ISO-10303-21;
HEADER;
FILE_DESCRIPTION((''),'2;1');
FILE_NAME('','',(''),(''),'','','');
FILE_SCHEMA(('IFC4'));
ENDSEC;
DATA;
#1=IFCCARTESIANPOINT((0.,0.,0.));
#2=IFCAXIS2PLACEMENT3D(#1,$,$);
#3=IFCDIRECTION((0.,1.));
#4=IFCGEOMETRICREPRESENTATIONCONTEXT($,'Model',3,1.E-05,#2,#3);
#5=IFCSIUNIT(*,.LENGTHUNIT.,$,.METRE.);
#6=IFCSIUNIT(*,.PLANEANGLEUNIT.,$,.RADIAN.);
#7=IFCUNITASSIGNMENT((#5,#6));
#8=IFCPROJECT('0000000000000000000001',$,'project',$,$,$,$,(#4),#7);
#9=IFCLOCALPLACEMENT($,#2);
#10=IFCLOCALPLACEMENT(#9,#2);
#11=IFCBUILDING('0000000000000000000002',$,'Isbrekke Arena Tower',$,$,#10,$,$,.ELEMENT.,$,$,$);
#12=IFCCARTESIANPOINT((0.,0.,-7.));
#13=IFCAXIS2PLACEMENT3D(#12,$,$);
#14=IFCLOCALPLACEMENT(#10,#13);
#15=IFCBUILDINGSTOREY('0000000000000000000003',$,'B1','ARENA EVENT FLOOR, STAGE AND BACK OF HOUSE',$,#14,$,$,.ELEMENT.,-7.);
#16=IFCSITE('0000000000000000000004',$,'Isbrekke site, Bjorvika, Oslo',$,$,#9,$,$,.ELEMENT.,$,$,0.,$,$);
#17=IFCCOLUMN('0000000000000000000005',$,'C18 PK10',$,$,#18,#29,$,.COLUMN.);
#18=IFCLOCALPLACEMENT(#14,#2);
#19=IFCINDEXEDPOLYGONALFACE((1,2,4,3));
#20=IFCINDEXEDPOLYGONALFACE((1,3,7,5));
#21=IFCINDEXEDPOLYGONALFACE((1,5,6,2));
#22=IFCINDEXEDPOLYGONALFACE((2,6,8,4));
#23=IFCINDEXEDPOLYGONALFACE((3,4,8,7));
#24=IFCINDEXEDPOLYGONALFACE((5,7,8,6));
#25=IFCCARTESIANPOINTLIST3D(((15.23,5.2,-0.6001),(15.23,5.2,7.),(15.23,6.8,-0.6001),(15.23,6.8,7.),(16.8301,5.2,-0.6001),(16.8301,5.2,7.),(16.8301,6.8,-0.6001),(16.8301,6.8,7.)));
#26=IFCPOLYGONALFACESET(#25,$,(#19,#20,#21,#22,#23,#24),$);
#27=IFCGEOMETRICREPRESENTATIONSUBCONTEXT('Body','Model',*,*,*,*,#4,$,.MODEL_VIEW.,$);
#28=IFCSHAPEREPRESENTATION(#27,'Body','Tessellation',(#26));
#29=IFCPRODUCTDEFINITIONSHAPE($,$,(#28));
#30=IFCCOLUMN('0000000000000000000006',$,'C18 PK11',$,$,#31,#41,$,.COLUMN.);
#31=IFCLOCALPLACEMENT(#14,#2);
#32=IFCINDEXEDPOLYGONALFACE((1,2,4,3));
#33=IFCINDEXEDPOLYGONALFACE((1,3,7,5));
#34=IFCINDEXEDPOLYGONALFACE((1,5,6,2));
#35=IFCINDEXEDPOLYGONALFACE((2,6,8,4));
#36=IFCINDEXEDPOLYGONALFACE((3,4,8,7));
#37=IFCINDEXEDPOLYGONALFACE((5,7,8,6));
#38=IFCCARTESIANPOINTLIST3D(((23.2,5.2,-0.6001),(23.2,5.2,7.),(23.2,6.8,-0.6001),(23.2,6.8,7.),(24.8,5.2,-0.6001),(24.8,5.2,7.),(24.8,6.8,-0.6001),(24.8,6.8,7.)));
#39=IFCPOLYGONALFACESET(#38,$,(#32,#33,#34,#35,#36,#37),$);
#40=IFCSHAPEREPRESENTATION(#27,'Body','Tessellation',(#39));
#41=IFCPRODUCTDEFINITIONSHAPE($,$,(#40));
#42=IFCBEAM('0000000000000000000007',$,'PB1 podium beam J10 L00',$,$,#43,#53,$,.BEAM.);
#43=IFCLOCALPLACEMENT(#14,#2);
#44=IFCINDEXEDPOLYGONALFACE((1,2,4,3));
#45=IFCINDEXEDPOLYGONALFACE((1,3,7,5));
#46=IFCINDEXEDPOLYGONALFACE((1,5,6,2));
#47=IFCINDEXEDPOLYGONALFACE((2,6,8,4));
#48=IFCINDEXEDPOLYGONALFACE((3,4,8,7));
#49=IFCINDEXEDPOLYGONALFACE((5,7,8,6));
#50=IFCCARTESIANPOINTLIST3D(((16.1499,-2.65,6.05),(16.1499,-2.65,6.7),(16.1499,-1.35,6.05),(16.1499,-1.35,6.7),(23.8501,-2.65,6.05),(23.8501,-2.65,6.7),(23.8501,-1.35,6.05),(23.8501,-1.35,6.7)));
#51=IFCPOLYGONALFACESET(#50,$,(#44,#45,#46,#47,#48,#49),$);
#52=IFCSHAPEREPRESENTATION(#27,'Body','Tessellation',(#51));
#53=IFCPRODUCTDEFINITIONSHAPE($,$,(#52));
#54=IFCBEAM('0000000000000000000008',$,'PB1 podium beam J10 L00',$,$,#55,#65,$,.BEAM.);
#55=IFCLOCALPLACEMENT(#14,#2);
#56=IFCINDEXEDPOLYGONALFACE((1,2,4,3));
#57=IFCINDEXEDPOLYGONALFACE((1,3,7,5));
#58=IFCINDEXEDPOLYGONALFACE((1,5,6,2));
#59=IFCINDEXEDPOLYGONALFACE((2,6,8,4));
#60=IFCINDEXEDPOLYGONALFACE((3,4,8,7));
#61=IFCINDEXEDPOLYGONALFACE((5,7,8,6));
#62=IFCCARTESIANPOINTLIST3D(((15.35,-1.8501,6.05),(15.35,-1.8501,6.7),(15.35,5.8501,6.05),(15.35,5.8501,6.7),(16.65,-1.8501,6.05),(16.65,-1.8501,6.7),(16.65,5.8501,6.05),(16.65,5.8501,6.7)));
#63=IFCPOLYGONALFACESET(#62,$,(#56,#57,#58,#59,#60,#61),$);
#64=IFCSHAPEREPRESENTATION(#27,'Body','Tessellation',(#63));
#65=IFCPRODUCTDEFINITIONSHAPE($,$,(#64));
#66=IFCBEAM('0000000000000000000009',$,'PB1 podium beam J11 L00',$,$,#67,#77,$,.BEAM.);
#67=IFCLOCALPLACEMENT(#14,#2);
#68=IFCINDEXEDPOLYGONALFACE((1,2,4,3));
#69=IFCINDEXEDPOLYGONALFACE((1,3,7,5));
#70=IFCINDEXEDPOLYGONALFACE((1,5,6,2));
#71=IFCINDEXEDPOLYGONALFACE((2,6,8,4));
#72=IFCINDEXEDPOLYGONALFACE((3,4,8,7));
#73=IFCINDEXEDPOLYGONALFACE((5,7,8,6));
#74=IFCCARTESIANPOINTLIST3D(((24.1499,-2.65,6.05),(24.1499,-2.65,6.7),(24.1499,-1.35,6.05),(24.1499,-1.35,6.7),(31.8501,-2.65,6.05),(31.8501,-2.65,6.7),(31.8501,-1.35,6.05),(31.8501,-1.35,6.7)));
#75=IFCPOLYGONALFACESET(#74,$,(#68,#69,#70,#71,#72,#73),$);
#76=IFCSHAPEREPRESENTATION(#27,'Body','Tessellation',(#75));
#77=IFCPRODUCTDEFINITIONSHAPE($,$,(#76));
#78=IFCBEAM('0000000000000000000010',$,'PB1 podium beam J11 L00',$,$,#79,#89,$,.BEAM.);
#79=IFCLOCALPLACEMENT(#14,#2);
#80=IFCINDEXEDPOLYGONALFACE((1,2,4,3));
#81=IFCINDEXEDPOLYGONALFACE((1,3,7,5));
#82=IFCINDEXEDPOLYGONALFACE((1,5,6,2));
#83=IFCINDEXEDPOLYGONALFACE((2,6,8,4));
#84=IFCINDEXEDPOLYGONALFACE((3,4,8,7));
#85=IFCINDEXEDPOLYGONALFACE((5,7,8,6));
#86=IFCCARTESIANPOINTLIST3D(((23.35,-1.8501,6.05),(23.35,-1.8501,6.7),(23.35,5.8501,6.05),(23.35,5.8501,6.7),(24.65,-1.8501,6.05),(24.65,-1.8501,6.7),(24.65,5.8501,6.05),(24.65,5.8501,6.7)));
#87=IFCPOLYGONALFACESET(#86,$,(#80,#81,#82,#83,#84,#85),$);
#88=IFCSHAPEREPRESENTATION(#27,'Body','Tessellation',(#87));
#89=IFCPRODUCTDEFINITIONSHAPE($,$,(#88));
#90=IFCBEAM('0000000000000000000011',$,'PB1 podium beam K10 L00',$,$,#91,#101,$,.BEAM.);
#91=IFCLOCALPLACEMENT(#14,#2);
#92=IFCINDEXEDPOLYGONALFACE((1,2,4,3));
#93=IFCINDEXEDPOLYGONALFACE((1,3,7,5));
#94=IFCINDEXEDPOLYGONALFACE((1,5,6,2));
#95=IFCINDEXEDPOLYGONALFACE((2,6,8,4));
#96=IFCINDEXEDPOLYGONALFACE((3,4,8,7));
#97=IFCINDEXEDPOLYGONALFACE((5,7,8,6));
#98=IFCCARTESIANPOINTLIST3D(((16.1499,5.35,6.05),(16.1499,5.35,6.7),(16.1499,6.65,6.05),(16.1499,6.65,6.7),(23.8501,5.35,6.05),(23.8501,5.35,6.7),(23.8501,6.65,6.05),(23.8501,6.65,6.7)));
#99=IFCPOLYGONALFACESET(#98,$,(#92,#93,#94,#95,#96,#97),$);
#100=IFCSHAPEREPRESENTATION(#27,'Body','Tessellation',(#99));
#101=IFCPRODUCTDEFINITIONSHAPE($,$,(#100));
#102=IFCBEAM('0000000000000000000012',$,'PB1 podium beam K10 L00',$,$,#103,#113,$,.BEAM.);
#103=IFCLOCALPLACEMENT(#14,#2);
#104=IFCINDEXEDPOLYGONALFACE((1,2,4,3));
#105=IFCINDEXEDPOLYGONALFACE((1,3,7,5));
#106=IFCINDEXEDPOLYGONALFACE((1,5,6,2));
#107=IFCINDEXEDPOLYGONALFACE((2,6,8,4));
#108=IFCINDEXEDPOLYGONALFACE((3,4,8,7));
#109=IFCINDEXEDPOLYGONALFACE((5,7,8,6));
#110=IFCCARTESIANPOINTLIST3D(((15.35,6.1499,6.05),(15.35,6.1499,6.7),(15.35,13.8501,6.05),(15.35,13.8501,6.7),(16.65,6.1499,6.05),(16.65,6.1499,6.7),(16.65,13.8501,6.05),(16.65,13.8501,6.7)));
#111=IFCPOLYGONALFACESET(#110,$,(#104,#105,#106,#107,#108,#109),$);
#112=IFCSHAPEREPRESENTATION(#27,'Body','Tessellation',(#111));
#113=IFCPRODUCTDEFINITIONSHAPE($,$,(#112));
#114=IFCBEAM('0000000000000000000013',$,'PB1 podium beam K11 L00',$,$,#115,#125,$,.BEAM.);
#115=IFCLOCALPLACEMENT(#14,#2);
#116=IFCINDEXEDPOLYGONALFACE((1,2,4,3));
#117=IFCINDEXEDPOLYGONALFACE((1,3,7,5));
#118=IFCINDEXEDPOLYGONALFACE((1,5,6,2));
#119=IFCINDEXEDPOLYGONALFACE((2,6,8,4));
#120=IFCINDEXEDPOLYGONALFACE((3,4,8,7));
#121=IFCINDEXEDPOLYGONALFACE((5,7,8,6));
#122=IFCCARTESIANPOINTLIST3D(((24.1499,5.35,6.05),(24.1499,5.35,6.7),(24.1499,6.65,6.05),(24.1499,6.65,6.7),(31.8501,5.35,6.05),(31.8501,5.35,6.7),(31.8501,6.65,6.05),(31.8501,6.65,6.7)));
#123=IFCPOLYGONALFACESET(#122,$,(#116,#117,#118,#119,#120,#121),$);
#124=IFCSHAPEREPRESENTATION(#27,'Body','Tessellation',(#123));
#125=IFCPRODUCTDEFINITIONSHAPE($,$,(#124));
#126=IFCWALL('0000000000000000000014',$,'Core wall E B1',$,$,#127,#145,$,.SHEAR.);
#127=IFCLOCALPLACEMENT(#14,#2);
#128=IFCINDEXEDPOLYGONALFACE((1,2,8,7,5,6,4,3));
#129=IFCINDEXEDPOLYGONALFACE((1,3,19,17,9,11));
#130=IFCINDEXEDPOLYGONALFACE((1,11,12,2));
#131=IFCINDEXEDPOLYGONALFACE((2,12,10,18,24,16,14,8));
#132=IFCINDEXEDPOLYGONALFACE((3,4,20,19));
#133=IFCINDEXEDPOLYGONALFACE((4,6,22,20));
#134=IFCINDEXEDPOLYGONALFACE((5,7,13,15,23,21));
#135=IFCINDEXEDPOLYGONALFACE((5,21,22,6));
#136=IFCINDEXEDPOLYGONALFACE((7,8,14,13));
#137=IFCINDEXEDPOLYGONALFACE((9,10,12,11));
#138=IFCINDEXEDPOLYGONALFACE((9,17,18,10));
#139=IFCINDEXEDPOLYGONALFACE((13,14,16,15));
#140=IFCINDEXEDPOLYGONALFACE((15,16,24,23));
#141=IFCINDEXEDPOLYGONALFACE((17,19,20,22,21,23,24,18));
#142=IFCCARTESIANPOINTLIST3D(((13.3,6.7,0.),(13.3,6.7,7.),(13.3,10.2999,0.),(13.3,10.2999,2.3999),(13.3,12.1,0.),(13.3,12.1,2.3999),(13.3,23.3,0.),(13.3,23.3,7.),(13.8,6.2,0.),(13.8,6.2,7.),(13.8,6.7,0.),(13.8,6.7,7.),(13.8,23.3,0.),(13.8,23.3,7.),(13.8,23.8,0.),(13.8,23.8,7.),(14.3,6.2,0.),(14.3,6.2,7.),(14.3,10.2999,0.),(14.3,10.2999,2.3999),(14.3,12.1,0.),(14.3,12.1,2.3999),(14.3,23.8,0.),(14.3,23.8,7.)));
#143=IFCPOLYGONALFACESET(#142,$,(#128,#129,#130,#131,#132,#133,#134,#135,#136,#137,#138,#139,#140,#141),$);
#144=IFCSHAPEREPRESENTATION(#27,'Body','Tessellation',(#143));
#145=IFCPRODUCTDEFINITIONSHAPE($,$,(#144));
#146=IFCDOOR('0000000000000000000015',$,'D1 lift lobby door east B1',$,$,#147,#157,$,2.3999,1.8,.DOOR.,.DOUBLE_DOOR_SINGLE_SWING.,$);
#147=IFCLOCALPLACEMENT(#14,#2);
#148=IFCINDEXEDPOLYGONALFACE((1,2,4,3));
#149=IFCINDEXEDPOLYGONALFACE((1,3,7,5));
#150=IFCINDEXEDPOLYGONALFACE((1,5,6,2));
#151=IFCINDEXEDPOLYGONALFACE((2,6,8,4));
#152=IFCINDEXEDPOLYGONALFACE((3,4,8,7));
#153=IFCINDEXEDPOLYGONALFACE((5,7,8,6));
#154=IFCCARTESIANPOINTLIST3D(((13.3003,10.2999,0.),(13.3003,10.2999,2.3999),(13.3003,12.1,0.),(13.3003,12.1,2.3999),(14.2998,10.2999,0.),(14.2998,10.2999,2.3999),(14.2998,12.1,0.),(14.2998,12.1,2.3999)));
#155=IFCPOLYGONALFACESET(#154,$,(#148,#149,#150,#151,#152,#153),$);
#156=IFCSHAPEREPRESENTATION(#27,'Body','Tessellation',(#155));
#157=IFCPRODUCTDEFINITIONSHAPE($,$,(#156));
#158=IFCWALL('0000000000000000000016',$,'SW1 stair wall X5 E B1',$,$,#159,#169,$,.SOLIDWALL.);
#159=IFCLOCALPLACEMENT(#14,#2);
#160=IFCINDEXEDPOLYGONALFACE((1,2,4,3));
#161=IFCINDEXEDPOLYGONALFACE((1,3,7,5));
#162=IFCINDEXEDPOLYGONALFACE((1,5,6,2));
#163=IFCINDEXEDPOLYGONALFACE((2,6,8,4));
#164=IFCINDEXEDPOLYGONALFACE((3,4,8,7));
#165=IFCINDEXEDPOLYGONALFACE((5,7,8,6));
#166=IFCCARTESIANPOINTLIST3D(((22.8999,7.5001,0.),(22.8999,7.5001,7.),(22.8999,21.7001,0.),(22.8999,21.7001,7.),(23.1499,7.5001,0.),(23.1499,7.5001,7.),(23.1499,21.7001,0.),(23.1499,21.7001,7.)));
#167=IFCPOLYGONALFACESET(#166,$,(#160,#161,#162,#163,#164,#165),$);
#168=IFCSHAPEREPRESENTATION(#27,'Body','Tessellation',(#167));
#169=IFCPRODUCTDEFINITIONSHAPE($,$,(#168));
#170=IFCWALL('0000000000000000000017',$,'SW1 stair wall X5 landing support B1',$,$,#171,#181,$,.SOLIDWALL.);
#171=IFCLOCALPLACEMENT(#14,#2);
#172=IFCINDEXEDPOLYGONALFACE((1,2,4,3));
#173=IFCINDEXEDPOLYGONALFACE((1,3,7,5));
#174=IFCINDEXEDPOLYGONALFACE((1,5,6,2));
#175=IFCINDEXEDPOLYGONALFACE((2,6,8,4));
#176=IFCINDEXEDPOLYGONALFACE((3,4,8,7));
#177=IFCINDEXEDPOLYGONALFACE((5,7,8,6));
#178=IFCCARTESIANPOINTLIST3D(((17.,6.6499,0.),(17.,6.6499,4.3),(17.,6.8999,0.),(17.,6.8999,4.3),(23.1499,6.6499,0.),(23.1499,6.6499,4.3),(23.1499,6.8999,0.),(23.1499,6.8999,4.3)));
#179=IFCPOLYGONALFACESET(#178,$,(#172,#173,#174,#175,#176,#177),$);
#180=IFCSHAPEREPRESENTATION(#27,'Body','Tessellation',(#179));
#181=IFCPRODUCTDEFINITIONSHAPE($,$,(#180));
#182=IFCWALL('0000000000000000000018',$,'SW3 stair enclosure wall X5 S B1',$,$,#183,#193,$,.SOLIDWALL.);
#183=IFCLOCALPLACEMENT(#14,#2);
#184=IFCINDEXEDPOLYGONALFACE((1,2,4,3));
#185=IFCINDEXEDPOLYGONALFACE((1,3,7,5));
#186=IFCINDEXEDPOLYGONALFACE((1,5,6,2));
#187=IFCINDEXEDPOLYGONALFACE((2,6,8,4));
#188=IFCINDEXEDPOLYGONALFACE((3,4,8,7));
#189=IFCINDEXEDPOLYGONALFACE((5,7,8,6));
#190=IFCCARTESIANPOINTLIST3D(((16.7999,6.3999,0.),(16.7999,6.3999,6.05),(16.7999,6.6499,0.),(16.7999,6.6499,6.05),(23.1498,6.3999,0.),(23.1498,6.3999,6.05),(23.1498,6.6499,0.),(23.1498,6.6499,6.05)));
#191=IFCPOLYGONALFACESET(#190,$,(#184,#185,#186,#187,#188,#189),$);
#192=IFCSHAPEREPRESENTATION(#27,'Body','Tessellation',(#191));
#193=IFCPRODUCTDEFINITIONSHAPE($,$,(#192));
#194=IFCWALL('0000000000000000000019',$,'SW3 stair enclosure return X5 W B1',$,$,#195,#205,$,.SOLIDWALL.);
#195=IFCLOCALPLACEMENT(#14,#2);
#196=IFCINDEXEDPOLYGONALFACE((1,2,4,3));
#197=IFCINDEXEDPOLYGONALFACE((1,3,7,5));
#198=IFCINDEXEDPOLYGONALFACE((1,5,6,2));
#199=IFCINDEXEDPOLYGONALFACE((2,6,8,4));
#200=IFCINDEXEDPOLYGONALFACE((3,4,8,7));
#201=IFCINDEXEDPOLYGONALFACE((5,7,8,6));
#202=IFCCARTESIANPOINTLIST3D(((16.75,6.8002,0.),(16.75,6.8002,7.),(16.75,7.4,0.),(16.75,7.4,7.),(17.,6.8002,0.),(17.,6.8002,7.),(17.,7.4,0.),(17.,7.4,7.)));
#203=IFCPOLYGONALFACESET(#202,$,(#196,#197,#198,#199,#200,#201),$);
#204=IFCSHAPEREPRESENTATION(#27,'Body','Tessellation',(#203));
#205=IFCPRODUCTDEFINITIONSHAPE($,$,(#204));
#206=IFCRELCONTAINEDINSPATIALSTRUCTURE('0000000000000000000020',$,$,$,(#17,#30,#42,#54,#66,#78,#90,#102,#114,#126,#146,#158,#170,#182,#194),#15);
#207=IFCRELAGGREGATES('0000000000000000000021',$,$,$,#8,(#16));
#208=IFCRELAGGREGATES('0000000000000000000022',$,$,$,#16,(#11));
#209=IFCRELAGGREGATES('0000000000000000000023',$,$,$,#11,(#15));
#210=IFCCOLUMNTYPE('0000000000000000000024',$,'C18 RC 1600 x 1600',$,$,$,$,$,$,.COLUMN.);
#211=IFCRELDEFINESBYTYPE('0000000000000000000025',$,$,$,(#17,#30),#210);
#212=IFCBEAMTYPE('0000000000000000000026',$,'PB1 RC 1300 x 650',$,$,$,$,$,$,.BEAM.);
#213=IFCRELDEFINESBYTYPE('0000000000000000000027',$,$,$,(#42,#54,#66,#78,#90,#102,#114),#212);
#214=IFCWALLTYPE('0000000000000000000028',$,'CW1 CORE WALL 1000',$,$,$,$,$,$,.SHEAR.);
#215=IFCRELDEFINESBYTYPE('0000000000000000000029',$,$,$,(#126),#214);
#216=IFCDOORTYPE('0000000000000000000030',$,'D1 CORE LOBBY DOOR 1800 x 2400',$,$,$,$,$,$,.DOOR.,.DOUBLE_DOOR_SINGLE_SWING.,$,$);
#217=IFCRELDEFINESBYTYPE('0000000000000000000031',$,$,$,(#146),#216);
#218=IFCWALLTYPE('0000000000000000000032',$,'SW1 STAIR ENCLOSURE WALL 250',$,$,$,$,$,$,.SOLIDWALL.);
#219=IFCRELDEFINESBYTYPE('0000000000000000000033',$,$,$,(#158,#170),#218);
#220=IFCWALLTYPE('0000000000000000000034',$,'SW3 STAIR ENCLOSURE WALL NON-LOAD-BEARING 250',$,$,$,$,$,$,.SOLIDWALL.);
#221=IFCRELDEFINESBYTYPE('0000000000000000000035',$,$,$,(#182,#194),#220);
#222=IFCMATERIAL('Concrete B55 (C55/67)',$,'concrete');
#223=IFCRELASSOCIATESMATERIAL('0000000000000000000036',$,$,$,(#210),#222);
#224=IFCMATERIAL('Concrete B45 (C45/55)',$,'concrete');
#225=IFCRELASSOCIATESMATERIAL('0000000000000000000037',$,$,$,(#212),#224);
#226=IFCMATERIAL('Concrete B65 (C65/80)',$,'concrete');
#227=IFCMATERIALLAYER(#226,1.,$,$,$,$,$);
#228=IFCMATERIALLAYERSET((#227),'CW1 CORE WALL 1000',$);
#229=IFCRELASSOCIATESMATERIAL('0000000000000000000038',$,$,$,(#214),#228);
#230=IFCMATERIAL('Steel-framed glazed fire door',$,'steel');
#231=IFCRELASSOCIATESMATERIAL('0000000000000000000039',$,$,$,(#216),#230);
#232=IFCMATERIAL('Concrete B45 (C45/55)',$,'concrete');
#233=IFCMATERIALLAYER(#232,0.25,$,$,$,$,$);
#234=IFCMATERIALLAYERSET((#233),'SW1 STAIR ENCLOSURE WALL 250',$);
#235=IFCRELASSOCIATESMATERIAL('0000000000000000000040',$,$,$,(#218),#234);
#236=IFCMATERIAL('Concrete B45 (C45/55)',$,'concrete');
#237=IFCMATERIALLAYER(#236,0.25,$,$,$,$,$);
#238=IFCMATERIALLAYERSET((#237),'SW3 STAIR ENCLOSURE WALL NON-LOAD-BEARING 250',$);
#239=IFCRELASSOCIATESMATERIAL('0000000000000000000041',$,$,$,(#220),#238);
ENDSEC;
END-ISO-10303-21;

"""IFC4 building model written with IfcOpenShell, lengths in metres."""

from ifc_helpers import new_model, si_unit, direction, frame, frame_2d, origin, origin_2d, place, context, subcontext, project, spatial, polyline, rectangle, outline, extrude, material, layer, layer_set, material_profile, profile_set, type_object, element, fill, save


model = new_model("IFC4")

# Units and contexts
model_context = context("Model", 3, precision=1e-05, world=origin(), true_north=direction((0.0, 1.0)))
body_context = subcontext(model_context, "Body", "Model", "MODEL_VIEW")
ifc_project = project(units=[si_unit("LENGTHUNIT", "METRE"), si_unit("PLANEANGLEUNIT", "RADIAN")], contexts=[model_context])

# Site, building, storey
site_placement = place(None, origin())
site = spatial("IfcSite", under=ifc_project, at=site_placement, Name="Isbrekke site, Bjorvika, Oslo", CompositionType="ELEMENT", RefElevation=0.0)
building_placement = place(site_placement, origin())
building = spatial("IfcBuilding", under=site, at=building_placement, Name="Isbrekke Arena Tower", CompositionType="ELEMENT")
storey_placement = place(building_placement, frame((0.0, 0.0, -7.0)))
storey = spatial("IfcBuildingStorey", under=building, at=storey_placement, Name="B1", Description="ARENA EVENT FLOOR, STAGE AND BACK OF HOUSE", CompositionType="ELEMENT", Elevation=-7.0)

# Columns
ifc_material_1 = material(Name="Concrete B55 (C55/67)", Category="concrete")
ifc_material_profile_1 = material_profile(ifc_material_1, rectangle(XDim=1.6001, YDim=1.6001, at=origin_2d()), Name="RC 1600x1600")
ifc_profile_set_1 = profile_set([ifc_material_profile_1], Name="Concrete B55 (C55/67)")
column_type = type_object("IfcColumnType", Name="C18 RC 1600 x 1600", PredefinedType="COLUMN", material=ifc_profile_set_1)
for number, where, z_axis, x_axis, name in (
    (1, (16.03, 6.0, -0.6001), (0.0, 0.0, 1.0), (1.0, 0.0, 0.0), "C18 PK10"),
    (2, (24.0, 6.0, -0.6001), (0.0, 0.0, 1.0), (1.0, 0.0, 0.0), "C18 PK11"),
):
    element("IfcColumn", number, at=place(storey_placement, frame(where, z_axis=z_axis, x_axis=x_axis)), inside=storey, type_object=column_type, Name=name, PredefinedType="COLUMN", context=body_context, shape_type="SweptSolid", body=[
        extrude(rectangle(XDim=1.6001, YDim=1.6001, at=origin_2d()), origin(), (0.0, 0.0, 1.0), 7.6001),
    ])

# Beams
ifc_material_2 = material(Name="Concrete B45 (C45/55)", Category="concrete")
ifc_material_profile_2 = material_profile(ifc_material_2, rectangle(XDim=1.3, YDim=0.6499, at=origin_2d()), Name="RC 1300x650")
ifc_profile_set_2 = profile_set([ifc_material_profile_2], Name="Concrete B45 (C45/55)")
beam_type = type_object("IfcBeamType", Name="PB1 RC 1300 x 650", PredefinedType="BEAM", material=ifc_profile_set_2)
for number, where, z_axis, x_axis, name in (
    (3, (16.1499, -2.0, 6.375), (1.0, 0.0, 0.0), (0.0, 1.0, 0.0), "PB1 podium beam J10 L00"),
    (4, (16.0, -1.8501, 6.375), (0.0, 1.0, 0.0), (-1.0, 0.0, 0.0), "PB1 podium beam J10 L00"),
    (5, (24.1499, -2.0, 6.375), (1.0, 0.0, 0.0), (0.0, 1.0, 0.0), "PB1 podium beam J11 L00"),
    (6, (24.0, -1.8501, 6.375), (0.0, 1.0, 0.0), (-1.0, 0.0, 0.0), "PB1 podium beam J11 L00"),
    (7, (16.1499, 6.0, 6.375), (1.0, 0.0, 0.0), (0.0, 1.0, 0.0), "PB1 podium beam K10 L00"),
    (8, (16.0, 6.1499, 6.375), (0.0, 1.0, 0.0), (-1.0, 0.0, 0.0), "PB1 podium beam K10 L00"),
    (9, (24.1499, 6.0, 6.375), (1.0, 0.0, 0.0), (0.0, 1.0, 0.0), "PB1 podium beam K11 L00"),
):
    element("IfcBeam", number, at=place(storey_placement, frame(where, z_axis=z_axis, x_axis=x_axis)), inside=storey, type_object=beam_type, Name=name, PredefinedType="BEAM", context=body_context, shape_type="SweptSolid", body=[
        extrude(rectangle(XDim=1.3, YDim=0.6499, at=origin_2d()), origin(), (0.0, 0.0, 1.0), 7.7002),
    ])

# Wall, opening, door
ifc_material_3 = material(Name="Concrete B65 (C65/80)", Category="concrete")
ifc_layer_1 = layer(ifc_material_3, 1.0)
ifc_layer_set_1 = layer_set([ifc_layer_1], Name="CW1 CORE WALL 1000")
wall_type_1 = type_object("IfcWallType", Name="CW1 CORE WALL 1000", PredefinedType="SHEAR", material=ifc_layer_set_1)
wall_1_placement = place(storey_placement, frame((13.8, 6.2, 0.0), z_axis=(0.0, 0.0, 1.0), x_axis=(0.0, 1.0, 0.0)))
wall_1 = element("IfcWall", 10, at=wall_1_placement, inside=storey, type_object=wall_type_1, Name="Core wall E B1", PredefinedType="SHEAR", context=body_context, shape_type="SweptSolid", body=[
    extrude(outline(polyline([(0.0, -0.5), (17.6001, -0.5), (17.6001, 0.0), (17.1001, 0.0), (17.1001, 0.5), (0.5, 0.5), (0.5, 0.0), (0.0, 0.0), (0.0, -0.5)])), origin(), (0.0, 0.0, 1.0), 7.0),
])
opening_placement = place(wall_1_placement, frame((4.1001, 0.0, 0.0)))
opening = element("IfcOpeningElement", 11, at=opening_placement, cuts=wall_1, PredefinedType="OPENING", context=body_context, shape_type="SweptSolid", body=[
    extrude(rectangle(XDim=1.8, YDim=2.3999, at=frame_2d((0.8999, 1.2))), frame((0.0, 0.5149, 0.0), z_axis=(0.0, -1.0, 0.0), x_axis=(1.0, 0.0, 0.0)), (0.0, 0.0, 1.0), 1.0298),
])
ifc_material_4 = material(Name="Steel-framed glazed fire door", Category="steel")
door_type = type_object("IfcDoorType", Name="D1 CORE LOBBY DOOR 1800 x 2400", OperationType="DOUBLE_DOOR_SINGLE_SWING", PredefinedType="DOOR", material=ifc_material_4)
door_placement = place(opening_placement, origin())
door = element("IfcDoor", 12, at=door_placement, inside=storey, type_object=door_type, Name="D1 lift lobby door east B1", OperationType="DOUBLE_DOOR_SINGLE_SWING", OverallHeight=2.3999, OverallWidth=1.8, PredefinedType="DOOR", context=body_context, shape_type="SweptSolid", body=[
    extrude(rectangle(XDim=1.8, YDim=2.3999, at=frame_2d((0.8999, 1.2))), frame((0.0, 0.4998, 0.0), z_axis=(0.0, -1.0, 0.0), x_axis=(1.0, 0.0, 0.0)), (0.0, 0.0, 1.0), 0.9995),
])
fill(opening, door)

# Walls
ifc_material_5 = material(Name="Concrete B45 (C45/55)", Category="concrete")
ifc_layer_2 = layer(ifc_material_5, 0.25)
ifc_layer_set_2 = layer_set([ifc_layer_2], Name="SW1 STAIR ENCLOSURE WALL 250")
wall_type_2 = type_object("IfcWallType", Name="SW1 STAIR ENCLOSURE WALL 250", PredefinedType="SOLIDWALL", material=ifc_layer_set_2)
wall_2_placement = place(storey_placement, frame((23.0249, 7.5, 0.0), z_axis=(0.0, 0.0, 1.0), x_axis=(0.0, 1.0, 0.0)))
element("IfcWall", 13, at=wall_2_placement, inside=storey, type_object=wall_type_2, Name="SW1 stair wall X5 E B1", PredefinedType="SOLIDWALL", context=body_context, shape_type="SweptSolid", body=[
    extrude(rectangle(XDim=14.2, YDim=0.25, at=frame_2d((7.1001, 0.0))), origin(), (0.0, 0.0, 1.0), 7.0),
])
wall_3_placement = place(storey_placement, frame((17.0, 6.7749, 0.0), z_axis=(0.0, 0.0, 1.0), x_axis=(1.0, 0.0, 0.0)))
element("IfcWall", 14, at=wall_3_placement, inside=storey, type_object=wall_type_2, Name="SW1 stair wall X5 landing support B1", PredefinedType="SOLIDWALL", context=body_context, shape_type="SweptSolid", body=[
    extrude(rectangle(XDim=6.1499, YDim=0.25, at=frame_2d((3.075, 0.0))), origin(), (0.0, 0.0, 1.0), 4.3),
])
ifc_material_6 = material(Name="Concrete B45 (C45/55)", Category="concrete")
ifc_layer_3 = layer(ifc_material_6, 0.25)
ifc_layer_set_3 = layer_set([ifc_layer_3], Name="SW3 STAIR ENCLOSURE WALL NON-LOAD-BEARING 250")
wall_type_3 = type_object("IfcWallType", Name="SW3 STAIR ENCLOSURE WALL NON-LOAD-BEARING 250", PredefinedType="SOLIDWALL", material=ifc_layer_set_3)
wall_4_placement = place(storey_placement, frame((16.8, 6.5249, 0.0), z_axis=(0.0, 0.0, 1.0), x_axis=(1.0, 0.0, 0.0)))
element("IfcWall", 15, at=wall_4_placement, inside=storey, type_object=wall_type_3, Name="SW3 stair enclosure wall X5 S B1", PredefinedType="SOLIDWALL", context=body_context, shape_type="SweptSolid", body=[
    extrude(rectangle(XDim=6.3499, YDim=0.25, at=frame_2d((3.1748, 0.0))), origin(), (0.0, 0.0, 1.0), 6.05),
])
wall_5_placement = place(storey_placement, frame((16.875, 7.3999, 0.0), z_axis=(0.0, 0.0, 1.0), x_axis=(0.0, -1.0, 0.0)))
element("IfcWall", 16, at=wall_5_placement, inside=storey, type_object=wall_type_3, Name="SW3 stair enclosure return X5 W B1", PredefinedType="SOLIDWALL", context=body_context, shape_type="SweptSolid", body=[
    extrude(rectangle(XDim=0.5999, YDim=0.25, at=frame_2d((0.2998, 0.0))), origin(), (0.0, 0.0, 1.0), 7.0),
])

save(model, "model.ifc")
